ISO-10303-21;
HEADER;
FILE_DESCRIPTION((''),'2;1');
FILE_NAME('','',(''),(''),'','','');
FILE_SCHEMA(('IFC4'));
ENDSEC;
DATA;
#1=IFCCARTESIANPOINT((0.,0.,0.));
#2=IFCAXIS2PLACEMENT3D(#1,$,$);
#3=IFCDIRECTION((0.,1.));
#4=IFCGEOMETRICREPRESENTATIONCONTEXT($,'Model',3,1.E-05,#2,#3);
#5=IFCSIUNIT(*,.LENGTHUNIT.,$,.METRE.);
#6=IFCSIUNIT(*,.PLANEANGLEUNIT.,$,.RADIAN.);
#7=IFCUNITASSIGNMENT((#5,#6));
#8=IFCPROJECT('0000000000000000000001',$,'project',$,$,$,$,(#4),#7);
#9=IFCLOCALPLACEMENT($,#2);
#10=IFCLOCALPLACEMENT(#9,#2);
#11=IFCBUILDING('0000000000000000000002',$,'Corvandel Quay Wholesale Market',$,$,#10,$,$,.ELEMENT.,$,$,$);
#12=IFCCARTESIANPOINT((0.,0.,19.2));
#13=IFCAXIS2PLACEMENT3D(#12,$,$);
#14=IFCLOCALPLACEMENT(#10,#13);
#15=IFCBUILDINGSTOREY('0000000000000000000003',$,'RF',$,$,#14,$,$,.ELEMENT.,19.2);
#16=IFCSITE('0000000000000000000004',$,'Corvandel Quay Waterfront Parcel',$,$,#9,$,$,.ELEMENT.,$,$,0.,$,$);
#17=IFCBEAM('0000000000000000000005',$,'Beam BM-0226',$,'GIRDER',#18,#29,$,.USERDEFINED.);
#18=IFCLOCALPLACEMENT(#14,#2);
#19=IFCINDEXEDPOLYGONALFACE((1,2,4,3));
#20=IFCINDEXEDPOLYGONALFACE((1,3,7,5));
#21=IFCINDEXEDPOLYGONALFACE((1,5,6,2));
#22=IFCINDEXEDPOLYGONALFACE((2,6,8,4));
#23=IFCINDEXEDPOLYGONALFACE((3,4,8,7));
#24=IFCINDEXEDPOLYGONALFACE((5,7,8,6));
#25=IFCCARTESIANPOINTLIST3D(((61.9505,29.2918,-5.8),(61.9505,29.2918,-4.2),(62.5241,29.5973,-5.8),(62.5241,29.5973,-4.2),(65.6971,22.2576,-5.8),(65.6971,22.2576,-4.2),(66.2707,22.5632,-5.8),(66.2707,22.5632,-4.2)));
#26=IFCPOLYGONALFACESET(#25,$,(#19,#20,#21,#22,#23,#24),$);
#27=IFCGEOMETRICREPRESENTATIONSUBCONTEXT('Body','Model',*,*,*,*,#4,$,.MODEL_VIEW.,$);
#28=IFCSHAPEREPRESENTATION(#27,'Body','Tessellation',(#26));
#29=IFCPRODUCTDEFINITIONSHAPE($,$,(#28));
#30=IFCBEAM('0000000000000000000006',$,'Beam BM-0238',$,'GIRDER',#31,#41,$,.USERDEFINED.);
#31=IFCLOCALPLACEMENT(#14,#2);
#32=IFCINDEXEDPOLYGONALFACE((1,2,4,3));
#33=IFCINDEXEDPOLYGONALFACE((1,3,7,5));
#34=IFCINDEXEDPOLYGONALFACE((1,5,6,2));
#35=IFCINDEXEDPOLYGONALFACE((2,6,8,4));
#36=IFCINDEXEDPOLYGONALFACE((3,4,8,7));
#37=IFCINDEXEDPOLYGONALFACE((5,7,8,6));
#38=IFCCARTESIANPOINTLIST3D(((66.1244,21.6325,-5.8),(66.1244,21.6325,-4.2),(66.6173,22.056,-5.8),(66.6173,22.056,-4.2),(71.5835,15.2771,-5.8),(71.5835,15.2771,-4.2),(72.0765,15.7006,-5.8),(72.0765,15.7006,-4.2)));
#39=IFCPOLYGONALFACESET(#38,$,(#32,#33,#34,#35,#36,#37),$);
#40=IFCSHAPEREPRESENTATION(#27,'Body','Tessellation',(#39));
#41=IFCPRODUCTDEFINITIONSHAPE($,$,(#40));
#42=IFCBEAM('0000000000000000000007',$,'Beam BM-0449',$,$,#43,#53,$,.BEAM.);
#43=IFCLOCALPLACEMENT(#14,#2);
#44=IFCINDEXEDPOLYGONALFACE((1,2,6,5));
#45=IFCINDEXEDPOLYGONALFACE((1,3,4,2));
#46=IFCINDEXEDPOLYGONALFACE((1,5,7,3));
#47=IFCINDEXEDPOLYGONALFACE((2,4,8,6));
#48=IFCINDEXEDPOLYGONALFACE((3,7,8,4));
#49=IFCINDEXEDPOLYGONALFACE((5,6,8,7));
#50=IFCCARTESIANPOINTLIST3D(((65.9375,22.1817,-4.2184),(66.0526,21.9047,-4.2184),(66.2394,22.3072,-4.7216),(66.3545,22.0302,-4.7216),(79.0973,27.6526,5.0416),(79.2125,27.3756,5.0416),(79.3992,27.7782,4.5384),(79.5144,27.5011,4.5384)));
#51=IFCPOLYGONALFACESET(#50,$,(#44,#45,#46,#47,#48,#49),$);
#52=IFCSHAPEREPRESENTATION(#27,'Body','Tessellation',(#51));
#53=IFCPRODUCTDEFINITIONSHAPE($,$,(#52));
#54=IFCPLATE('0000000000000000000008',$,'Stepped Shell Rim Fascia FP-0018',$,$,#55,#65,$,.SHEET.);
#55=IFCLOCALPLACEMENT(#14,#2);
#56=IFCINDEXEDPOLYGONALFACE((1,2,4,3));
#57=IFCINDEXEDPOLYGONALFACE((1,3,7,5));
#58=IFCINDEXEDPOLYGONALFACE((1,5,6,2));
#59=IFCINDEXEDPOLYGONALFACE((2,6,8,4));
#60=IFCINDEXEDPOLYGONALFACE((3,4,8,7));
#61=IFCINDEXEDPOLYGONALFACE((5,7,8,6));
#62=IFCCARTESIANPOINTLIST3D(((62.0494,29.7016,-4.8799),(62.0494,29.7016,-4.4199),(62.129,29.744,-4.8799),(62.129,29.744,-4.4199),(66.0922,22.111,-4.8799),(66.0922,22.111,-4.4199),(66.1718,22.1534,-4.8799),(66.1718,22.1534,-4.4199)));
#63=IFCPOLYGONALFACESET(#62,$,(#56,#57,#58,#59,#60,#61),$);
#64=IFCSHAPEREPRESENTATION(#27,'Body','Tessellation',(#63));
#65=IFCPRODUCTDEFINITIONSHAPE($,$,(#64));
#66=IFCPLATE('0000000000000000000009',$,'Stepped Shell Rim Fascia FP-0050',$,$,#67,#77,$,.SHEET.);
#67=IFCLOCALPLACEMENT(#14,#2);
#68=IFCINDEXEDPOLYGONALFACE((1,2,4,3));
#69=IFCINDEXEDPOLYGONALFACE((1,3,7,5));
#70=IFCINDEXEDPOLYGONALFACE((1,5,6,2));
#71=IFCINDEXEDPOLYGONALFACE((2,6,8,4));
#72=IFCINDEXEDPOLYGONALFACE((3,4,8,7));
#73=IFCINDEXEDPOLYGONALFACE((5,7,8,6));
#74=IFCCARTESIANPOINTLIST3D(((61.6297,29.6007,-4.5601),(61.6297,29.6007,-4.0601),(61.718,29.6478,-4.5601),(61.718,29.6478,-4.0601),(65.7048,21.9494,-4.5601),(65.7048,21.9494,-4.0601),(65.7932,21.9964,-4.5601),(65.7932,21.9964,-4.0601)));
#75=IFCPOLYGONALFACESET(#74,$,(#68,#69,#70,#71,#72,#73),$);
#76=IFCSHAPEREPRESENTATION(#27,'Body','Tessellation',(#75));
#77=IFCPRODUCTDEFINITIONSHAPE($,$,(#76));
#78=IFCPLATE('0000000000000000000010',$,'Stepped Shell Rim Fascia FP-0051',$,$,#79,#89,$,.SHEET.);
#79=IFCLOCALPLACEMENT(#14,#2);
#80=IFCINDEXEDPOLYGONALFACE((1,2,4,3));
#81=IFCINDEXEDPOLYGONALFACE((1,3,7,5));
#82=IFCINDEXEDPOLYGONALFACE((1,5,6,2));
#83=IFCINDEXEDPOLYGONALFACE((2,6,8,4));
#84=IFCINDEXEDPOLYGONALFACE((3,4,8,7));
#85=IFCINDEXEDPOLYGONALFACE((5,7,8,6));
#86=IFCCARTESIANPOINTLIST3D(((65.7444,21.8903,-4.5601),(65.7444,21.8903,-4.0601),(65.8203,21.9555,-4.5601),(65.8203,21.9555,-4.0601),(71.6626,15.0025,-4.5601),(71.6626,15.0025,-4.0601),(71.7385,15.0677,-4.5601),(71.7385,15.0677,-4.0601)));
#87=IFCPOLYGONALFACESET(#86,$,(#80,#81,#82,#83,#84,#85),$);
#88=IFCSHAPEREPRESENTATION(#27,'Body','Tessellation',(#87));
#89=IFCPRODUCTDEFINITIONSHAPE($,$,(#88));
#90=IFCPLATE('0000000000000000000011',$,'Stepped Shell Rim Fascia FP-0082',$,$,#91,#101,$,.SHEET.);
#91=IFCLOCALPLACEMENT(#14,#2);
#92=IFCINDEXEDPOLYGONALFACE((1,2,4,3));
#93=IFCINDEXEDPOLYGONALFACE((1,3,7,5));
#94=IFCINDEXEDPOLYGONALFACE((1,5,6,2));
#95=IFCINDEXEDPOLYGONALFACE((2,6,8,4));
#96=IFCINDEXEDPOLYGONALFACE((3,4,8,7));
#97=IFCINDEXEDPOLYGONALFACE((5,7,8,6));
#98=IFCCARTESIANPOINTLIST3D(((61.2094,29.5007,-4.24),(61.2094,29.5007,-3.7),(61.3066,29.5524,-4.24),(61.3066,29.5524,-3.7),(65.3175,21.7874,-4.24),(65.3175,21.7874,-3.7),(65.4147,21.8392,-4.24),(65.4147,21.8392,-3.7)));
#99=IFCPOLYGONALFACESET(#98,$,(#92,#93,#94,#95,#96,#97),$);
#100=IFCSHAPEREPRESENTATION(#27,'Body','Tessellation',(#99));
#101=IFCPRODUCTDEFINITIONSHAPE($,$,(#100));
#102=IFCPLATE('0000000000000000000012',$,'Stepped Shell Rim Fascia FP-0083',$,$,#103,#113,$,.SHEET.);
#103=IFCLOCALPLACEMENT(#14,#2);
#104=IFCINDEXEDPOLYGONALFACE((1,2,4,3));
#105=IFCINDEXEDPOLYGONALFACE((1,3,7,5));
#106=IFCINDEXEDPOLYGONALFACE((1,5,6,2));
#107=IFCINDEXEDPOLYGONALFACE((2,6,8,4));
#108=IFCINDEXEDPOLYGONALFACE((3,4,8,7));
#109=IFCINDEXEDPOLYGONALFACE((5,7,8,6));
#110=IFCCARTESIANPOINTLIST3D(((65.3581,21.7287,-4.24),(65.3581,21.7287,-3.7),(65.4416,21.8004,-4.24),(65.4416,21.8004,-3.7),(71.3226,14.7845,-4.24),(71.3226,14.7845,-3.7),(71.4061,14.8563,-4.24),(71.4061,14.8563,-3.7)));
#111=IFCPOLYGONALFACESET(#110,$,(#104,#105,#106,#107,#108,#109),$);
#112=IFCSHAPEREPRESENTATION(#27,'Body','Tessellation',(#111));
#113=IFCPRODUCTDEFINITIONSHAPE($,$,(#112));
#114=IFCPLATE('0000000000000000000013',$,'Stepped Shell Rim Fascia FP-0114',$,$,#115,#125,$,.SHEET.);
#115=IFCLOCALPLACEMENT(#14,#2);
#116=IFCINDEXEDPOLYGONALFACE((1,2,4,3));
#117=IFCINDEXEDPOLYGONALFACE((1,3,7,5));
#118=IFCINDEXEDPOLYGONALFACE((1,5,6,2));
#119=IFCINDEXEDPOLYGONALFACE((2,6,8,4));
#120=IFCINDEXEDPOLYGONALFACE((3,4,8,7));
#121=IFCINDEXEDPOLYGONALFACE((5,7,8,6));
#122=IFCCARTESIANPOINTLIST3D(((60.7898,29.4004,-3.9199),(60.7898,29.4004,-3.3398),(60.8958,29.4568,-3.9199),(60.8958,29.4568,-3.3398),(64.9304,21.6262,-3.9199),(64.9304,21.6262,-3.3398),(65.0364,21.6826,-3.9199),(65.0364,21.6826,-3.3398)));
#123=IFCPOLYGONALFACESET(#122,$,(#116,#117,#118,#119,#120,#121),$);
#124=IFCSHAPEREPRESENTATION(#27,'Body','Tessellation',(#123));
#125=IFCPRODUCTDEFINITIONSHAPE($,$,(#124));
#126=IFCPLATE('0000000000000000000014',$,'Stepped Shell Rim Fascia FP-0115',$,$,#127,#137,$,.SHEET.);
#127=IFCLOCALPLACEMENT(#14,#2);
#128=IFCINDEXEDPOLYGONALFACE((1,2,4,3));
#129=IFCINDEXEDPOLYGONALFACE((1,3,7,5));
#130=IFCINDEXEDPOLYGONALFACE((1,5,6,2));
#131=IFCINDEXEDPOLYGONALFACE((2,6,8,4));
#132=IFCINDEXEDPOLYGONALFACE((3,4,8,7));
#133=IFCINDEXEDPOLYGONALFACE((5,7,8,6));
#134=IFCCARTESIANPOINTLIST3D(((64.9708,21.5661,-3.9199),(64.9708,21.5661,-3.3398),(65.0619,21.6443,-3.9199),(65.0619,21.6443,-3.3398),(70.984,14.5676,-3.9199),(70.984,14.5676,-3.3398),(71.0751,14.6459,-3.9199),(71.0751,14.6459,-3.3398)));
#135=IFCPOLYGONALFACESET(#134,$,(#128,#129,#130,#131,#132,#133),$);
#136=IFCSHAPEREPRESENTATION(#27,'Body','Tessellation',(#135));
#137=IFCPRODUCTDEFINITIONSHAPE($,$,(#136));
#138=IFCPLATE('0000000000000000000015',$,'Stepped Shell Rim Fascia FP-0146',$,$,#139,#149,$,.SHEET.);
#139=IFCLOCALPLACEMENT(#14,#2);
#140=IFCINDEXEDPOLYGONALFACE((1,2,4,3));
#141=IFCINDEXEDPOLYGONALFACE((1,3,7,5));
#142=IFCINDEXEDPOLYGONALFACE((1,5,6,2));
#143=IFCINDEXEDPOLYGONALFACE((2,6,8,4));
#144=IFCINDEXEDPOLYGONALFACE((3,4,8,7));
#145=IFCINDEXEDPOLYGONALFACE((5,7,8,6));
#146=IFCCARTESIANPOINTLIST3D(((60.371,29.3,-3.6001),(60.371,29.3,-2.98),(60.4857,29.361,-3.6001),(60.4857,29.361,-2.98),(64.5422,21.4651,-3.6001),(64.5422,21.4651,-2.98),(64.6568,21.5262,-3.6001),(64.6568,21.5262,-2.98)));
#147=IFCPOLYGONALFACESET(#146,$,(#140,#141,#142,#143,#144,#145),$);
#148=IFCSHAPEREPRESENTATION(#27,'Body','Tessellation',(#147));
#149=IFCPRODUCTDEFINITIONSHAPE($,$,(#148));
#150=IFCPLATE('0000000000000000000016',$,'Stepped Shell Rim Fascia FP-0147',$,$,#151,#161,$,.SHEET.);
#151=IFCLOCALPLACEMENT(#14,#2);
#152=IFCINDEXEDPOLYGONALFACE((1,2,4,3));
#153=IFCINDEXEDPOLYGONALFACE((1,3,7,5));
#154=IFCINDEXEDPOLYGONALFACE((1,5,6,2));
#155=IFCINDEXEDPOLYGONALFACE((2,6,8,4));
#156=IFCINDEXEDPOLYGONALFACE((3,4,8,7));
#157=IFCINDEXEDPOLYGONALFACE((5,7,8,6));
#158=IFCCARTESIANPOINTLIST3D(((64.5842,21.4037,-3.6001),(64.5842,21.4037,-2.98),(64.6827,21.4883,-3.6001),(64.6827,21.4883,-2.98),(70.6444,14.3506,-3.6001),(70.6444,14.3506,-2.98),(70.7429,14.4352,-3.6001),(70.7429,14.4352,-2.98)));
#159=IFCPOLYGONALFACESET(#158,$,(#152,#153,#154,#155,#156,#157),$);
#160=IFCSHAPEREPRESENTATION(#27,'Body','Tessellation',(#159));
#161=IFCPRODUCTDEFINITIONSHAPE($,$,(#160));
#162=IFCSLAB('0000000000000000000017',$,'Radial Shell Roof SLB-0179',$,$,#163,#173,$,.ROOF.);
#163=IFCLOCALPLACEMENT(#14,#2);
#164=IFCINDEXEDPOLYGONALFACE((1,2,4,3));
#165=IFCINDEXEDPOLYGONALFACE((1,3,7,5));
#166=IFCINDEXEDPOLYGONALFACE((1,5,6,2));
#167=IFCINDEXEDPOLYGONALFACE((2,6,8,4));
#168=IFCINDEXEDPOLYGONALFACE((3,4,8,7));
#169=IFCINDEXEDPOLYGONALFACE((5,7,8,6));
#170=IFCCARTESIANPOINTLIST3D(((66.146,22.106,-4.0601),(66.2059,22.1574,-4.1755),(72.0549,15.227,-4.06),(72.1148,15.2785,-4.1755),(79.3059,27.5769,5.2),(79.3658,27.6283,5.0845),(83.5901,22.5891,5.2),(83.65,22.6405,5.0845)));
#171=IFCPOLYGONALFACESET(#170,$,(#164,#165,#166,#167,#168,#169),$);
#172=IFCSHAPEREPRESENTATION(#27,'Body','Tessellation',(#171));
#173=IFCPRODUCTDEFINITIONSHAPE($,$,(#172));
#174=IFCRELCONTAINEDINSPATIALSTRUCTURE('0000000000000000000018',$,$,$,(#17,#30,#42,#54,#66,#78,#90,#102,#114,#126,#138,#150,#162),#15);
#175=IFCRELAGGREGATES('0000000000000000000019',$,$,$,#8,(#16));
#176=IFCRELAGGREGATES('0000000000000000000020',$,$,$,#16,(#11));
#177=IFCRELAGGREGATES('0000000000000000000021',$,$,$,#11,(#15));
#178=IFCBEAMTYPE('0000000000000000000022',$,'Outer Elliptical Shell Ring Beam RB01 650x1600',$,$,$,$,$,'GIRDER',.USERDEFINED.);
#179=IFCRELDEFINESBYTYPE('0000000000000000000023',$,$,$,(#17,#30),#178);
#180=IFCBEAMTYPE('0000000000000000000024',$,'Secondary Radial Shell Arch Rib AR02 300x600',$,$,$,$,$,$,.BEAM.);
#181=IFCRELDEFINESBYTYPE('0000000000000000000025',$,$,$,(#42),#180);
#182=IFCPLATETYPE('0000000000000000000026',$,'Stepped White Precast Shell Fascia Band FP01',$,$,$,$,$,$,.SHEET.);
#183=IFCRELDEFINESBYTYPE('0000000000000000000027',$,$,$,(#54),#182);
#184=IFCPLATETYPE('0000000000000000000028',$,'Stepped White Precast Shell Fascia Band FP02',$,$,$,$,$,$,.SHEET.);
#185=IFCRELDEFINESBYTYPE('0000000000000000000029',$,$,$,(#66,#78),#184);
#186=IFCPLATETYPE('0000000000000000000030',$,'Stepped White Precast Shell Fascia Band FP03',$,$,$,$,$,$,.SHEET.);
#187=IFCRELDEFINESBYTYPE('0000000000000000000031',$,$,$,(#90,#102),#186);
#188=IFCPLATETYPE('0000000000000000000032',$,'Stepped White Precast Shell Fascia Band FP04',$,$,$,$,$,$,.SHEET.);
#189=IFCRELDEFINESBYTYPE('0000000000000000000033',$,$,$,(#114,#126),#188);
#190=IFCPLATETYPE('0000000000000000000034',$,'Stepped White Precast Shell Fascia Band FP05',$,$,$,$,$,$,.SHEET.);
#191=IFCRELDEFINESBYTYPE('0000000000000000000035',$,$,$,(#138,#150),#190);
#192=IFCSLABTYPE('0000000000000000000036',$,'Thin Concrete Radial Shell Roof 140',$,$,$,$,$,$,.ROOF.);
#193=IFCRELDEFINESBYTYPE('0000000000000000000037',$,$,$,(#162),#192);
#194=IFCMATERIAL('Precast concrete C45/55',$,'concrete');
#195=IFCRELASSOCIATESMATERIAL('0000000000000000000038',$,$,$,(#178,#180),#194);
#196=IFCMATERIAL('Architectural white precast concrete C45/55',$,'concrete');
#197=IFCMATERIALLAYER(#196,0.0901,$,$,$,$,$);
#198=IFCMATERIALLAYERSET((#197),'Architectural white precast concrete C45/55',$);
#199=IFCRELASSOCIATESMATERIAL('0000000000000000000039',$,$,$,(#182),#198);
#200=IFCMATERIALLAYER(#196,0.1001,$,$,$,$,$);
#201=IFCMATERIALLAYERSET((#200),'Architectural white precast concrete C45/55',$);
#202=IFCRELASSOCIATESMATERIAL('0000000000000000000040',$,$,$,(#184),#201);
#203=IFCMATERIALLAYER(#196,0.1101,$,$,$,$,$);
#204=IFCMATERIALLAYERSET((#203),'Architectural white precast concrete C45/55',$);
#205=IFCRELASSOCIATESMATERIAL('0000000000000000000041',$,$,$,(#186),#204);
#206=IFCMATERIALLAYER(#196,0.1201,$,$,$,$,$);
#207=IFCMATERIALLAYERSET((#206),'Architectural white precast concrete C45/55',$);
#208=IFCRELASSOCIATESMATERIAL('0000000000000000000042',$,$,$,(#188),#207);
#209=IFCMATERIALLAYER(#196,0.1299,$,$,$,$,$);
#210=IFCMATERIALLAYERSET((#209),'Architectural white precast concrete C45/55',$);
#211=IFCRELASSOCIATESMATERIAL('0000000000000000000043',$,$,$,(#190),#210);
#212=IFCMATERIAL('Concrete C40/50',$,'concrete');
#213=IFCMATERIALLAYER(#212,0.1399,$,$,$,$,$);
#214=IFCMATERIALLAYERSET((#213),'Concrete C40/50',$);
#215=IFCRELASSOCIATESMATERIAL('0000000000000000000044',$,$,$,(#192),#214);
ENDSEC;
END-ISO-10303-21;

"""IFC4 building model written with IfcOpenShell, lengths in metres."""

from ifc_helpers import new_model, si_unit, direction, frame, origin, origin_2d, place, context, subcontext, project, spatial, polyline, rectangle, outline, extrude, material, layer, layer_set, material_profile, profile_set, type_object, element, save


model = new_model("IFC4")

# Units and contexts
model_context = context("Model", 3, precision=1e-05, world=origin(), true_north=direction((0.0, 1.0)))
body_context = subcontext(model_context, "Body", "Model", "MODEL_VIEW")
ifc_project = project(units=[si_unit("LENGTHUNIT", "METRE"), si_unit("PLANEANGLEUNIT", "RADIAN")], contexts=[model_context])

# Site, building, storey
site_placement = place(None, origin())
site = spatial("IfcSite", under=ifc_project, at=site_placement, Name="Corvandel Quay Waterfront Parcel", CompositionType="ELEMENT", RefElevation=0.0)
building_placement = place(site_placement, origin())
building = spatial("IfcBuilding", under=site, at=building_placement, Name="Corvandel Quay Wholesale Market", CompositionType="ELEMENT")
storey_placement = place(building_placement, frame((0.0, 0.0, 19.2)))
storey = spatial("IfcBuildingStorey", under=building, at=storey_placement, Name="RF", CompositionType="ELEMENT", Elevation=19.2)

# Beams
ifc_material_1 = material(Name="Precast concrete C45/55", Category="concrete")
ifc_material_profile_1 = material_profile(ifc_material_1, rectangle(XDim=0.6499, YDim=1.6001, at=origin_2d()), Name="PC-RING-650x1600")
ifc_profile_set_1 = profile_set([ifc_material_profile_1], Name="Precast concrete C45/55")
beam_type_1 = type_object("IfcBeamType", Name="Outer Elliptical Shell Ring Beam RB01 650x1600", ElementType="GIRDER", PredefinedType="USERDEFINED", material=ifc_profile_set_1)
beam_1_placement = place(storey_placement, frame((62.2373, 29.4446, -5.0), z_axis=(0.470102, -0.882612, 0.0), x_axis=(0.882612, 0.470102, 0.0)))
element("IfcBeam", 1, at=beam_1_placement, inside=storey, type_object=beam_type_1, Name="Beam BM-0226", ObjectType="GIRDER", PredefinedType="USERDEFINED", context=body_context, shape_type="SweptSolid", body=[
    extrude(rectangle(XDim=0.6499, YDim=1.6001, at=origin_2d()), origin(), (0.0, 0.0, 1.0), 7.9697),
])
beam_2_placement = place(storey_placement, frame((66.3708, 21.8442, -5.0), z_axis=(0.651595, -0.758567, 0.0), x_axis=(0.758567, 0.651595, 0.0)))
element("IfcBeam", 2, at=beam_2_placement, inside=storey, type_object=beam_type_1, Name="Beam BM-0238", ObjectType="GIRDER", PredefinedType="USERDEFINED", context=body_context, shape_type="SweptSolid", body=[
    extrude(rectangle(XDim=0.6499, YDim=1.6001, at=origin_2d()), origin(), (0.0, 0.0, 1.0), 8.3782),
])
ifc_material_profile_2 = material_profile(ifc_material_1, rectangle(XDim=0.3, YDim=0.6001, at=origin_2d()), Name="PC-RIB-300x600")
ifc_profile_set_2 = profile_set([ifc_material_profile_2], Name="Precast concrete C45/55")
beam_type_2 = type_object("IfcBeamType", Name="Secondary Radial Shell Arch Rib AR02 300x600", PredefinedType="BEAM", material=ifc_profile_set_2)
beam_3_placement = place(storey_placement, frame((66.146, 22.106, -4.47), z_axis=(0.774297, 0.321897, 0.544836), x_axis=(-0.383877, 0.923384, 0.0)))
element("IfcBeam", 3, at=beam_3_placement, inside=storey, type_object=beam_type_2, Name="Beam BM-0449", PredefinedType="BEAM", context=body_context, shape_type="SweptSolid", body=[
    extrude(rectangle(XDim=0.3, YDim=0.6001, at=origin_2d()), origin(), (0.0, 0.0, 1.0), 16.9958),
])

# Plates
ifc_material_2 = material(Name="Architectural white precast concrete C45/55", Category="concrete")
ifc_layer_1 = layer(ifc_material_2, 0.0901)
ifc_layer_set_1 = layer_set([ifc_layer_1], Name="Architectural white precast concrete C45/55")
plate_type_1 = type_object("IfcPlateType", Name="Stepped White Precast Shell Fascia Band FP01", PredefinedType="SHEET", material=ifc_layer_set_1)
plate_1_placement = place(storey_placement, frame((64.1106, 25.9275, -4.8799), z_axis=(0.0, 0.0, 1.0), x_axis=(-0.470088, 0.88262, 0.0)))
element("IfcPlate", 4, at=plate_1_placement, inside=storey, type_object=plate_type_1, Name="Stepped Shell Rim Fascia FP-0018", PredefinedType="SHEET", context=body_context, shape_type="SweptSolid", body=[
    extrude(rectangle(XDim=8.6001, YDim=0.0901, at=origin_2d()), origin(), (0.0, 0.0, 1.0), 0.46),
])
ifc_layer_2 = layer(ifc_material_2, 0.1001)
ifc_layer_set_2 = layer_set([ifc_layer_2], Name="Architectural white precast concrete C45/55")
plate_type_2 = type_object("IfcPlateType", Name="Stepped White Precast Shell Fascia Band FP02", PredefinedType="SHEET", material=ifc_layer_set_2)
plate_2_placement = place(storey_placement, frame((63.7114, 25.7986, -4.5601), z_axis=(0.0, 0.0, 1.0), x_axis=(-0.470088, 0.88262, 0.0)))
element("IfcPlate", 5, at=plate_2_placement, inside=storey, type_object=plate_type_2, Name="Stepped Shell Rim Fascia FP-0050", PredefinedType="SHEET", context=body_context, shape_type="SweptSolid", body=[
    extrude(rectangle(XDim=8.6689, YDim=0.1001, at=origin_2d()), origin(), (0.0, 0.0, 1.0), 0.5),
])
plate_3_placement = place(storey_placement, frame((68.7415, 18.479, -4.5601), z_axis=(0.0, 0.0, 1.0), x_axis=(-0.651701, 0.758476, 0.0)))
element("IfcPlate", 6, at=plate_3_placement, inside=storey, type_object=plate_type_2, Name="Stepped Shell Rim Fascia FP-0051", PredefinedType="SHEET", context=body_context, shape_type="SweptSolid", body=[
    extrude(rectangle(XDim=9.0811, YDim=0.1001, at=origin_2d()), origin(), (0.0, 0.0, 1.0), 0.5),
])
ifc_layer_3 = layer(ifc_material_2, 0.1101)
ifc_layer_set_3 = layer_set([ifc_layer_3], Name="Architectural white precast concrete C45/55")
plate_type_3 = type_object("IfcPlateType", Name="Stepped White Precast Shell Fascia Band FP03", PredefinedType="SHEET", material=ifc_layer_set_3)
plate_4_placement = place(storey_placement, frame((63.312, 25.6699, -4.24), z_axis=(0.0, 0.0, 1.0), x_axis=(-0.470088, 0.88262, 0.0)))
element("IfcPlate", 7, at=plate_4_placement, inside=storey, type_object=plate_type_3, Name="Stepped Shell Rim Fascia FP-0082", PredefinedType="SHEET", context=body_context, shape_type="SweptSolid", body=[
    extrude(rectangle(XDim=8.739, YDim=0.1101, at=origin_2d()), origin(), (0.0, 0.0, 1.0), 0.54),
])
plate_5_placement = place(storey_placement, frame((68.3821, 18.2925, -4.24), z_axis=(0.0, 0.0, 1.0), x_axis=(-0.651569, 0.758589, 0.0)))
element("IfcPlate", 8, at=plate_5_placement, inside=storey, type_object=plate_type_3, Name="Stepped Shell Rim Fascia FP-0083", PredefinedType="SHEET", context=body_context, shape_type="SweptSolid", body=[
    extrude(rectangle(XDim=9.1541, YDim=0.1101, at=origin_2d()), origin(), (0.0, 0.0, 1.0), 0.54),
])
ifc_layer_4 = layer(ifc_material_2, 0.1201)
ifc_layer_set_4 = layer_set([ifc_layer_4], Name="Architectural white precast concrete C45/55")
plate_type_4 = type_object("IfcPlateType", Name="Stepped White Precast Shell Fascia Band FP04", PredefinedType="SHEET", material=ifc_layer_set_4)
plate_6_placement = place(storey_placement, frame((62.9131, 25.5415, -3.9199), z_axis=(0.0, 0.0, 1.0), x_axis=(-0.470088, 0.88262, 0.0)))
element("IfcPlate", 9, at=plate_6_placement, inside=storey, type_object=plate_type_4, Name="Stepped Shell Rim Fascia FP-0114", PredefinedType="SHEET", context=body_context, shape_type="SweptSolid", body=[
    extrude(rectangle(XDim=8.8081, YDim=0.1201, at=origin_2d()), origin(), (0.0, 0.0, 1.0), 0.5801),
])
plate_7_placement = place(storey_placement, frame((68.0229, 18.106, -3.9199), z_axis=(0.0, 0.0, 1.0), x_axis=(-0.651701, 0.758476, 0.0)))
element("IfcPlate", 10, at=plate_7_placement, inside=storey, type_object=plate_type_4, Name="Stepped Shell Rim Fascia FP-0115", PredefinedType="SHEET", context=body_context, shape_type="SweptSolid", body=[
    extrude(rectangle(XDim=9.2271, YDim=0.1201, at=origin_2d()), origin(), (0.0, 0.0, 1.0), 0.5801),
])
ifc_layer_5 = layer(ifc_material_2, 0.1299)
ifc_layer_set_5 = layer_set([ifc_layer_5], Name="Architectural white precast concrete C45/55")
plate_type_5 = type_object("IfcPlateType", Name="Stepped White Precast Shell Fascia Band FP05", PredefinedType="SHEET", material=ifc_layer_set_5)
plate_8_placement = place(storey_placement, frame((62.5139, 25.4131, -3.6001), z_axis=(0.0, 0.0, 1.0), x_axis=(-0.469934, 0.882702, 0.0)))
element("IfcPlate", 11, at=plate_8_placement, inside=storey, type_object=plate_type_5, Name="Stepped Shell Rim Fascia FP-0146", PredefinedType="SHEET", context=body_context, shape_type="SweptSolid", body=[
    extrude(rectangle(XDim=8.876, YDim=0.1299, at=origin_2d()), origin(), (0.0, 0.0, 1.0), 0.6201),
])
plate_9_placement = place(storey_placement, frame((67.6636, 17.9194, -3.6001), z_axis=(0.0, 0.0, 1.0), x_axis=(-0.651701, 0.758476, 0.0)))
element("IfcPlate", 12, at=plate_9_placement, inside=storey, type_object=plate_type_5, Name="Stepped Shell Rim Fascia FP-0147", PredefinedType="SHEET", context=body_context, shape_type="SweptSolid", body=[
    extrude(rectangle(XDim=9.2991, YDim=0.1299, at=origin_2d()), origin(), (0.0, 0.0, 1.0), 0.6201),
])

# Slab
ifc_material_3 = material(Name="Concrete C40/50", Category="concrete")
ifc_layer_6 = layer(ifc_material_3, 0.1399)
ifc_layer_set_6 = layer_set([ifc_layer_6], Name="Concrete C40/50")
slab_type = type_object("IfcSlabType", Name="Thin Concrete Radial Shell Roof 140", PredefinedType="ROOF", material=ifc_layer_set_6)
slab_placement = place(storey_placement, frame((66.146, 22.106, -4.0601), z_axis=(-0.428061, -0.367691, 0.825571), x_axis=(0.651597, -0.758566, 0.000007)))
element("IfcSlab", 13, at=slab_placement, inside=storey, type_object=slab_type, Name="Radial Shell Roof SLB-0179", PredefinedType="ROOF", context=body_context, shape_type="SweptSolid", body=[
    extrude(outline(polyline([(0.0, 0.0), (9.0683, 0.0), (11.0001, 16.4096), (4.4249, 16.4098), (0.0, 0.0)])), origin(), (0.0, 0.0, -1.0), 0.1399),
])

save(model, "model.ifc")
